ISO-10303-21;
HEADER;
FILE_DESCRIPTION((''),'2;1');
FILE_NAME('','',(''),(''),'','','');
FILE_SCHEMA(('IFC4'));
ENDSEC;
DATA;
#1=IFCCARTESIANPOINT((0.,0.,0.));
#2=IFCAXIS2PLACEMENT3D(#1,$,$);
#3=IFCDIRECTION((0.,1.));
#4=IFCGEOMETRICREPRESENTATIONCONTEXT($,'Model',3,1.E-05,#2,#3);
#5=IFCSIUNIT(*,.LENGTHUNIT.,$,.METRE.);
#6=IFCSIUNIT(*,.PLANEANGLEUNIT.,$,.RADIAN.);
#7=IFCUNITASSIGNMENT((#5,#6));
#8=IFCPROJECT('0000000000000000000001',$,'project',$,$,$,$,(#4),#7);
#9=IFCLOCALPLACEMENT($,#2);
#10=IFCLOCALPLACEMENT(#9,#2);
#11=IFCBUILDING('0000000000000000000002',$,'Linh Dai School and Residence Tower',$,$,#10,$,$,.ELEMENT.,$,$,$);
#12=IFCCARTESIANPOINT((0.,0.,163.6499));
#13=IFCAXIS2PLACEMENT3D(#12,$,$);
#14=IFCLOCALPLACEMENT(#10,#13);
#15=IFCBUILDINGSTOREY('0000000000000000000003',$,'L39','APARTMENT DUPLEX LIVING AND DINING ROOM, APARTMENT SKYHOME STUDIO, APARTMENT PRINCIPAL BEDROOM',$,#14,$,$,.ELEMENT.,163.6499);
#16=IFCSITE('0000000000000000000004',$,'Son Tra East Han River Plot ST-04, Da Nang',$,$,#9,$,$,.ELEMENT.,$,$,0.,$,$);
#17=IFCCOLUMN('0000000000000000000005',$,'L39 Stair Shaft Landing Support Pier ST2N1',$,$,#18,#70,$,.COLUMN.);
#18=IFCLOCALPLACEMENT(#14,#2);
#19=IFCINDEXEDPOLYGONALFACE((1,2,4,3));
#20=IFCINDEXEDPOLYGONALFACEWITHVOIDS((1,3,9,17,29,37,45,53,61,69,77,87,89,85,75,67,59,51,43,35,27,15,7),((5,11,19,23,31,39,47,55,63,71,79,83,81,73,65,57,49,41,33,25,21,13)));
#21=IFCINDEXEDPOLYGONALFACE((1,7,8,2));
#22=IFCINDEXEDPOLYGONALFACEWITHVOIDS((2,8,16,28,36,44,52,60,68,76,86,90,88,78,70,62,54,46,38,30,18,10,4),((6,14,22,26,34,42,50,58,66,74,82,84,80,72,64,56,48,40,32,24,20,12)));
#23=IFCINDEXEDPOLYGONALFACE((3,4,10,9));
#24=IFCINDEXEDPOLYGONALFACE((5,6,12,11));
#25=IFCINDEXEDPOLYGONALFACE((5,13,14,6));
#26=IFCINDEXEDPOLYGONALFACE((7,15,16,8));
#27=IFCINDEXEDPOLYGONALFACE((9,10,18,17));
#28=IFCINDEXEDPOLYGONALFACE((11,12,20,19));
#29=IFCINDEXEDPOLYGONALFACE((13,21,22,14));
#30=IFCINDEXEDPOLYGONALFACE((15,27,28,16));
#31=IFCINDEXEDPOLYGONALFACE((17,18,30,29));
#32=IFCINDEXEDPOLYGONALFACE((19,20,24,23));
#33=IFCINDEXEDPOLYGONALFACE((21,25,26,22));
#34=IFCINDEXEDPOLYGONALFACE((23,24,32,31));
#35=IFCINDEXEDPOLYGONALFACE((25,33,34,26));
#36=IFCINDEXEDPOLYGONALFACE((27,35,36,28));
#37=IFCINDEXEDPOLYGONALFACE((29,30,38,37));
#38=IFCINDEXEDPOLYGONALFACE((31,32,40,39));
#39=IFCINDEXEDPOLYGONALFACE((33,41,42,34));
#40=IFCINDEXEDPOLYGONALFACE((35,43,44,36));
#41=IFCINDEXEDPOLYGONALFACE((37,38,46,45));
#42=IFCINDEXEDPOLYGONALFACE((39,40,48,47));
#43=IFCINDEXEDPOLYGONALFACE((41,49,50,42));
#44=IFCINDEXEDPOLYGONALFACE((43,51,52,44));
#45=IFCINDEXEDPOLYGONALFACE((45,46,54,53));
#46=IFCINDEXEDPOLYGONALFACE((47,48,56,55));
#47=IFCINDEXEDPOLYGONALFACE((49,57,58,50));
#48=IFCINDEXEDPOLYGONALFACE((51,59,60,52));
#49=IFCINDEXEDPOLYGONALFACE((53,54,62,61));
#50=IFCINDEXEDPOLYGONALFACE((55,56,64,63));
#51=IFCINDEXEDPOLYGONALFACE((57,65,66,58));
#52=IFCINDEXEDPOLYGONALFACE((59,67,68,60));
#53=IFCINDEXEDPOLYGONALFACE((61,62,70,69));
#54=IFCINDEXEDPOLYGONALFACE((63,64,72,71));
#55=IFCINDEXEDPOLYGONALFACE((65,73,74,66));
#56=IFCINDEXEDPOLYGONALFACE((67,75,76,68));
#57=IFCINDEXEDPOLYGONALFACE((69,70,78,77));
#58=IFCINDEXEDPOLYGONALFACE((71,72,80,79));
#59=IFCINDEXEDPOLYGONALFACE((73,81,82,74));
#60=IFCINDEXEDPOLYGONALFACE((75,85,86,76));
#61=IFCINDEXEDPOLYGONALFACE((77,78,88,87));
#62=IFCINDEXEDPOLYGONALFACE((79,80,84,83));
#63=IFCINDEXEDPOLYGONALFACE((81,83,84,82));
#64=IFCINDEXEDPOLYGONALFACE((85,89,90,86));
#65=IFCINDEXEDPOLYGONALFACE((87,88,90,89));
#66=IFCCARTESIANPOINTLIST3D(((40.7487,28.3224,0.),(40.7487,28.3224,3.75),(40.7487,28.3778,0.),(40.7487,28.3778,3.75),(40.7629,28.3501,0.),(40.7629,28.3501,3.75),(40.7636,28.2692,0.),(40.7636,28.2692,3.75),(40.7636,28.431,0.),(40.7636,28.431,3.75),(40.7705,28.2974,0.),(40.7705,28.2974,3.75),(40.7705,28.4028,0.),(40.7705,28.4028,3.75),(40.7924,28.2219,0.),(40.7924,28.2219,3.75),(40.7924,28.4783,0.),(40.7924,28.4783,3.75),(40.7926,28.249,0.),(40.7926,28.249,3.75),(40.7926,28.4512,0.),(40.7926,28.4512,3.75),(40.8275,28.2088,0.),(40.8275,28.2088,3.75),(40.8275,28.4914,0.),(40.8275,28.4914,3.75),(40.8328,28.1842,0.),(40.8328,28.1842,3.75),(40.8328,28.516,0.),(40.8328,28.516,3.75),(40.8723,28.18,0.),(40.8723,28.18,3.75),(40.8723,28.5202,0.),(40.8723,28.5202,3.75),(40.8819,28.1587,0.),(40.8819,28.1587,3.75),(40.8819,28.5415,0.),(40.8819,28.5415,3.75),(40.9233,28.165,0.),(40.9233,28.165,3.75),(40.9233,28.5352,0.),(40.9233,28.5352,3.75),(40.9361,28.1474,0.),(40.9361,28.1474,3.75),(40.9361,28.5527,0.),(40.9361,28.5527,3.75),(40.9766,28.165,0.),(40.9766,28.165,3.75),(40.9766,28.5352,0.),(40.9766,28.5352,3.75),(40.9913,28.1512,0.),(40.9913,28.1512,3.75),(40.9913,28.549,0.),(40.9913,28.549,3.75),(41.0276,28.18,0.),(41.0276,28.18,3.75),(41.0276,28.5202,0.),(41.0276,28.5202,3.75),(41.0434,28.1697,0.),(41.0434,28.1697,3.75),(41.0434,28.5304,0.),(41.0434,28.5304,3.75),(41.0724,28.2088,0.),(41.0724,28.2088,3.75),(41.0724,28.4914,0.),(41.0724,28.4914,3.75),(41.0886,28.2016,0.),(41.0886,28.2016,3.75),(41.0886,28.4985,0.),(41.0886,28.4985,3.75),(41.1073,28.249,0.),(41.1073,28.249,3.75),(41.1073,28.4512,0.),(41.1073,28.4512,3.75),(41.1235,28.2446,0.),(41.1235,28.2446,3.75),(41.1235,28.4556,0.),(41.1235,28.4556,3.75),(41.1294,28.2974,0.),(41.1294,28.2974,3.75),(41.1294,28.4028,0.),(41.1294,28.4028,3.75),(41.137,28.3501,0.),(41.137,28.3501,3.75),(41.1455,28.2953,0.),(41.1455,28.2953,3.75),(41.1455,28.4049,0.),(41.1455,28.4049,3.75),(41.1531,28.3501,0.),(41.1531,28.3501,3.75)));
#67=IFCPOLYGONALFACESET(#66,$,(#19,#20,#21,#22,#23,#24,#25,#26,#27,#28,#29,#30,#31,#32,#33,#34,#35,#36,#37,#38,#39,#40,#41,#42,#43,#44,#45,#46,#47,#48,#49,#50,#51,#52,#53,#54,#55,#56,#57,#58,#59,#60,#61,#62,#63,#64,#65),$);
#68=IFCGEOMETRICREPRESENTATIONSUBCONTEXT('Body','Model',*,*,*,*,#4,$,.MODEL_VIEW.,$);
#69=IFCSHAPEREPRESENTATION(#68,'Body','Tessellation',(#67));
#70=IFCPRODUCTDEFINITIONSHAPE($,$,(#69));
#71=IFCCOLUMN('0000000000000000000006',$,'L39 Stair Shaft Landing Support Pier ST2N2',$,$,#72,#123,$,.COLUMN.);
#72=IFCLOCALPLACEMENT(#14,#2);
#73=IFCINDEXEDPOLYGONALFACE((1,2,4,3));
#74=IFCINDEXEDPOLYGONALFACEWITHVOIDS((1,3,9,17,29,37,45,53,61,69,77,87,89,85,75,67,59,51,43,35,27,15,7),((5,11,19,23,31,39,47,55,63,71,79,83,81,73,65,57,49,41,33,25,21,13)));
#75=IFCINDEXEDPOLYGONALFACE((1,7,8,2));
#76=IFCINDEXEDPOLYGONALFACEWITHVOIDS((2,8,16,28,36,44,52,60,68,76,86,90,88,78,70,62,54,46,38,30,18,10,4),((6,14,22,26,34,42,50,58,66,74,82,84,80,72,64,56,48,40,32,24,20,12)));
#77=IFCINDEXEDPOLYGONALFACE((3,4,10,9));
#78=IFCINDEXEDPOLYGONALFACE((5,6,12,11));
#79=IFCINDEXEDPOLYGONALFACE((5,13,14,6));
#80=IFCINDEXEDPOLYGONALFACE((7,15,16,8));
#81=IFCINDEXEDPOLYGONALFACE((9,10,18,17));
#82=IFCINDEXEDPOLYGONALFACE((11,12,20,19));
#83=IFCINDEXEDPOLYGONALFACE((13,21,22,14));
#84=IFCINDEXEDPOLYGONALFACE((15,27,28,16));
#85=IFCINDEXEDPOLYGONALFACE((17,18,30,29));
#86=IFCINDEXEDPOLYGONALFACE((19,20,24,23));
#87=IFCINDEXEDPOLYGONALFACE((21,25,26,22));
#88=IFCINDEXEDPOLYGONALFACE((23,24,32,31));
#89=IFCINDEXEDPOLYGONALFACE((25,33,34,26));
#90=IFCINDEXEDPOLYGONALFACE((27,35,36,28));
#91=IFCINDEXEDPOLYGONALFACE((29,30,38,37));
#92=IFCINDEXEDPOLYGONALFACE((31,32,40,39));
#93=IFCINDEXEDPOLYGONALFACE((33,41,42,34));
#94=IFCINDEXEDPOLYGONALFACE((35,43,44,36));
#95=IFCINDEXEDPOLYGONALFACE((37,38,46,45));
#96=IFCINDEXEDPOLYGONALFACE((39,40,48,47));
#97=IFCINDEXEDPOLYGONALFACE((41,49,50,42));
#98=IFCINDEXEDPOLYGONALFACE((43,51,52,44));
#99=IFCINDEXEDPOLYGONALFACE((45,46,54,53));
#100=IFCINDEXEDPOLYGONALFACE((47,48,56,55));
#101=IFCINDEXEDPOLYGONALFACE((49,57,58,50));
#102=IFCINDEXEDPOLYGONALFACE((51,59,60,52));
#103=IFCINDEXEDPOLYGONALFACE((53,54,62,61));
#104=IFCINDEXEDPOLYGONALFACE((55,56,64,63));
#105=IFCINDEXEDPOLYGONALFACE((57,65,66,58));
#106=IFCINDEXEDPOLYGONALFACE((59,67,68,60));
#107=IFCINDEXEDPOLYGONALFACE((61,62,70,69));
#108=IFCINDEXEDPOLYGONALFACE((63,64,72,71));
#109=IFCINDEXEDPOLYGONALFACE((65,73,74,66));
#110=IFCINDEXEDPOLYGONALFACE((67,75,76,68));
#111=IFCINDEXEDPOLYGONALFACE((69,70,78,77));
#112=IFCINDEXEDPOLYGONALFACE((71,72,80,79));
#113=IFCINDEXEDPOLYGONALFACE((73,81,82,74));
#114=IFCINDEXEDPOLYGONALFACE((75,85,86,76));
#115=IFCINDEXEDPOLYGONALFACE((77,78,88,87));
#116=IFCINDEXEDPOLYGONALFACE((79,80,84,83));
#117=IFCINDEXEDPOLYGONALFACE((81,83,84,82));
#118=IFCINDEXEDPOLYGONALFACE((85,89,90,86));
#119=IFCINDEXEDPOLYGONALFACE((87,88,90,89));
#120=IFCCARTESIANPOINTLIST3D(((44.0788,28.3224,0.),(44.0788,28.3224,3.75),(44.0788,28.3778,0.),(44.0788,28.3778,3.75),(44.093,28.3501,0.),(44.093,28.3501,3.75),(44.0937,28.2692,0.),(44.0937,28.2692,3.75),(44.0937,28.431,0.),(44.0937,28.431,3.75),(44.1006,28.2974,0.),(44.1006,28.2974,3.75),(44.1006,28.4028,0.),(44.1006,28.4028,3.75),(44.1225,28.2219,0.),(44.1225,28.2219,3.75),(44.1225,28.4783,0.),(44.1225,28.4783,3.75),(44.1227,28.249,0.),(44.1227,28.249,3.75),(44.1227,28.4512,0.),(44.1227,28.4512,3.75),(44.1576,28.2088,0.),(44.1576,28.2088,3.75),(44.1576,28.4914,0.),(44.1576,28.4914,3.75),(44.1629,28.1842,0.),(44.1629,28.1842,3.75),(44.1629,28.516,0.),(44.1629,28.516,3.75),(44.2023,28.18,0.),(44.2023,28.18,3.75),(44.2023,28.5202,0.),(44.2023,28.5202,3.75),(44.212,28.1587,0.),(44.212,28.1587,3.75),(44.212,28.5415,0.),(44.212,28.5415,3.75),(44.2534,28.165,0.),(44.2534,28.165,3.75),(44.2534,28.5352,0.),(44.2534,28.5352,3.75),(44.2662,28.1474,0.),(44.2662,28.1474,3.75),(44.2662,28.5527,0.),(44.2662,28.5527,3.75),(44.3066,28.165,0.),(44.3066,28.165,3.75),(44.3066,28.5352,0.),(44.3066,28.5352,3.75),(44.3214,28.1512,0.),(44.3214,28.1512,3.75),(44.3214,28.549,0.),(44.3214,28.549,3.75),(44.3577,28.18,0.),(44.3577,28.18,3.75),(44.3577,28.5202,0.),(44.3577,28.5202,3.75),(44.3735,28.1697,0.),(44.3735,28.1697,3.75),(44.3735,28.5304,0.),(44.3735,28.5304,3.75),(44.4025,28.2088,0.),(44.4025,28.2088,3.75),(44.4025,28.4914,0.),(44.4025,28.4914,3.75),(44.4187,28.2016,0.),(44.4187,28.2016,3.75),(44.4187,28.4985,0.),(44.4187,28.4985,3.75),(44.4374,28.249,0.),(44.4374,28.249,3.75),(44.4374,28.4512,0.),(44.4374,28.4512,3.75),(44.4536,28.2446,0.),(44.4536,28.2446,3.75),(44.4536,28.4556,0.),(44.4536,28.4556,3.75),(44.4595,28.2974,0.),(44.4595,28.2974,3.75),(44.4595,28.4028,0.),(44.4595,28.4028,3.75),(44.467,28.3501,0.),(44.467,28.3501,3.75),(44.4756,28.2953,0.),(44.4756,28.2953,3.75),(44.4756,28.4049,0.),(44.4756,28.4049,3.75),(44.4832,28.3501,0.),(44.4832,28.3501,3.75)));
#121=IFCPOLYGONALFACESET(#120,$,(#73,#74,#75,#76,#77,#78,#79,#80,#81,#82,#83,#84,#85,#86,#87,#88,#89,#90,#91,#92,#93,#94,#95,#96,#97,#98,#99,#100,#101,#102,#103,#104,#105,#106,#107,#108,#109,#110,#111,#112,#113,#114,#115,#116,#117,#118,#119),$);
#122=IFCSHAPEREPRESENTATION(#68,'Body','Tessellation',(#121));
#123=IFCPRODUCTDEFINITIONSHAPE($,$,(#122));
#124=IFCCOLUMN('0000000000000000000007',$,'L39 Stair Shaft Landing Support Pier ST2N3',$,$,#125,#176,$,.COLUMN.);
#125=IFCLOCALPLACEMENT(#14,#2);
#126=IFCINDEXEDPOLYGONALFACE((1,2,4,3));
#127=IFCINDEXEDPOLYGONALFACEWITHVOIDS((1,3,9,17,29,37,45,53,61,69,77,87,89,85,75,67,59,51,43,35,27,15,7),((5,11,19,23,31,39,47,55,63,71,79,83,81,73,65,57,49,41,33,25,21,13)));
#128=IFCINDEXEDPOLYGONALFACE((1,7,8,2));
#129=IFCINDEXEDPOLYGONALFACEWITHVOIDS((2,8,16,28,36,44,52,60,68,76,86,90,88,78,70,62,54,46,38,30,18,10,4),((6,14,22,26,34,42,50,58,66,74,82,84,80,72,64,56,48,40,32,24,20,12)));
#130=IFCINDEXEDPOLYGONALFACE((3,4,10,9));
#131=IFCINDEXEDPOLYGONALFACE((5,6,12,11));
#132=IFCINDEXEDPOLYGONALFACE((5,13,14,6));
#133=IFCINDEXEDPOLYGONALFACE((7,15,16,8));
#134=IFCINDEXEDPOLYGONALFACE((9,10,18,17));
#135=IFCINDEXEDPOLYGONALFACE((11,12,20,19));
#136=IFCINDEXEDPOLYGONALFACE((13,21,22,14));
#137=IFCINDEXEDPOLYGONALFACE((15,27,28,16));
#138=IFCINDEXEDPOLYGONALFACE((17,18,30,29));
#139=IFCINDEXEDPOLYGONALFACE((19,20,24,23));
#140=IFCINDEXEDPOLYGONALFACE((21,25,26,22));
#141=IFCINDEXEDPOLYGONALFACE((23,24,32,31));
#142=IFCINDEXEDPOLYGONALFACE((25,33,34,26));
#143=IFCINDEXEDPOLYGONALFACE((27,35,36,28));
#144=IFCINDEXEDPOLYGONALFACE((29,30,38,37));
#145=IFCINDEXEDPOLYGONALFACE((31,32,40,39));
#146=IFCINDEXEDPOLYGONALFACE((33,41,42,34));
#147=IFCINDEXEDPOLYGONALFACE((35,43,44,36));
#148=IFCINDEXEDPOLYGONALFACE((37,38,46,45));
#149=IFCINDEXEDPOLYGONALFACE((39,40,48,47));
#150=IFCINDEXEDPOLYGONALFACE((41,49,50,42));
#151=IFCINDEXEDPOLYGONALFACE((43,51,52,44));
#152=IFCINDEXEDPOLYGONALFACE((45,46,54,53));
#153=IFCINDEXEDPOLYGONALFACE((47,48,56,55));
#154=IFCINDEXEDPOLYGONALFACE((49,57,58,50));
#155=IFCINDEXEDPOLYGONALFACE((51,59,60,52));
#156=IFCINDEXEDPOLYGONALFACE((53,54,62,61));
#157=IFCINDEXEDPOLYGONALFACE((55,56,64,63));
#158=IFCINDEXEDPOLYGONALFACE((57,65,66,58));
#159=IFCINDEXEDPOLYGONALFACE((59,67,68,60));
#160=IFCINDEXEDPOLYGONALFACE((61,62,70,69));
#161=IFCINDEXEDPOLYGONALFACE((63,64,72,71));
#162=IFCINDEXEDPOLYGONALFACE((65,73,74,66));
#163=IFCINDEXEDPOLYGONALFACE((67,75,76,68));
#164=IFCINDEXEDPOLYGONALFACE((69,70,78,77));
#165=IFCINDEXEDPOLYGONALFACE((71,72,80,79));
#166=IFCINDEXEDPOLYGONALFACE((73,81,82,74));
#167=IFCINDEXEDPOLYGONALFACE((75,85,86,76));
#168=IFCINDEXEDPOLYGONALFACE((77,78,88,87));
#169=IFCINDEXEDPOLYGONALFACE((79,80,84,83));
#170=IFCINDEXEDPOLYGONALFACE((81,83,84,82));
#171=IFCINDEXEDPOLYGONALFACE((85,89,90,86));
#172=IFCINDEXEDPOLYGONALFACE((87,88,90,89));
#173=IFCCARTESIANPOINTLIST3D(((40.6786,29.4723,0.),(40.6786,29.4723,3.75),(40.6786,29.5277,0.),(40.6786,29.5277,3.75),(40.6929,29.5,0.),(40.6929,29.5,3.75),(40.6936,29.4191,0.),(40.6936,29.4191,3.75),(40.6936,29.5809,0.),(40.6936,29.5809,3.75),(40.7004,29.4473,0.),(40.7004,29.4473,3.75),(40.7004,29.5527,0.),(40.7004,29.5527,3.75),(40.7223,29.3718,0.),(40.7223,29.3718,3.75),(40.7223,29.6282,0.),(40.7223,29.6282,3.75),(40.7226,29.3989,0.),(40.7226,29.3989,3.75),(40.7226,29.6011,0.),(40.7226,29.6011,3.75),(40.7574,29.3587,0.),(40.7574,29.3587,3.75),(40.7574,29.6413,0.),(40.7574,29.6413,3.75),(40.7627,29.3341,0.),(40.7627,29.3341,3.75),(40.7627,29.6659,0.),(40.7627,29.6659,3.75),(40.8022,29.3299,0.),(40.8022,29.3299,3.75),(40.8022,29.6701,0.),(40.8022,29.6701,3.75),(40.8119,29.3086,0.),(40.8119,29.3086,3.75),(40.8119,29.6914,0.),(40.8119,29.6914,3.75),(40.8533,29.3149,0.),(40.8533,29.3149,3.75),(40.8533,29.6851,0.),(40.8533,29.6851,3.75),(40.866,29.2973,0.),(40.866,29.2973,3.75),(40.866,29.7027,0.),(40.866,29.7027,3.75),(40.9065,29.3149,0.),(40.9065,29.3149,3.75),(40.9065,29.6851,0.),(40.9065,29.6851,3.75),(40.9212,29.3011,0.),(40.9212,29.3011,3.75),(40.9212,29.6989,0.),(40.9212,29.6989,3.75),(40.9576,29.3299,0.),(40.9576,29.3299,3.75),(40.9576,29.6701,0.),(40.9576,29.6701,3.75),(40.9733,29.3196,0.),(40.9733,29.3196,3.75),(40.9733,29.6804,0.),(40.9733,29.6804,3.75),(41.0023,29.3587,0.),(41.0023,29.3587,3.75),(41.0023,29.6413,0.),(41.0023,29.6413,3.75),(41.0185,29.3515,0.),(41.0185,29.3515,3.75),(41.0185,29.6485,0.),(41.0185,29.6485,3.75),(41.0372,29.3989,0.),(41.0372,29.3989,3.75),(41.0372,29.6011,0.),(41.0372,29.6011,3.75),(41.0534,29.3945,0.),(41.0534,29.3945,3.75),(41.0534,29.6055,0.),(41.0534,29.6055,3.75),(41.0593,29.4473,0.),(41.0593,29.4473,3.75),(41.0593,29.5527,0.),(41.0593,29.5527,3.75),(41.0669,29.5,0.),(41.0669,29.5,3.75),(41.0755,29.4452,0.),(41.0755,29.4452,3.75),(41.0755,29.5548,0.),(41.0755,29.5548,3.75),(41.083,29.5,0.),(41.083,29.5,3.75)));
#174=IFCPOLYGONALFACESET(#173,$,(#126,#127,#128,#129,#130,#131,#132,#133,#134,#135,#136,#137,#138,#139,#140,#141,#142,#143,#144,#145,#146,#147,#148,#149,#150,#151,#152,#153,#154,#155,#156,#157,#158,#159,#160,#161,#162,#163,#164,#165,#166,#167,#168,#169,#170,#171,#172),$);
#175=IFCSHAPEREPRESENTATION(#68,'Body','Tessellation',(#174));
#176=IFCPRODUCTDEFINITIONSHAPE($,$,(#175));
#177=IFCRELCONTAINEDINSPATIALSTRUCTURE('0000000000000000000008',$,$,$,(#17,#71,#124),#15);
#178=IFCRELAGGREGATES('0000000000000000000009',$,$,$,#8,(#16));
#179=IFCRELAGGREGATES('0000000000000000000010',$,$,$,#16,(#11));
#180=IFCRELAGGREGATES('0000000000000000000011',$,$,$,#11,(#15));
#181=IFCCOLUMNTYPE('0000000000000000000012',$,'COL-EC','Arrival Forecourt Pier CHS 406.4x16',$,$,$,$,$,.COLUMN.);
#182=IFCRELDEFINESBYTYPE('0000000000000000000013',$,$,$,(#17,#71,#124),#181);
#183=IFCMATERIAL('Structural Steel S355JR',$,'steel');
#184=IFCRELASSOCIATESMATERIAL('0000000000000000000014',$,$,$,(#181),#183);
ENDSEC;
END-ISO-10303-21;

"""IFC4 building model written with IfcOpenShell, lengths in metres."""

from ifc_helpers import new_model, si_unit, direction, frame, origin, origin_2d, place, context, subcontext, project, spatial, hollow_circle, extrude, material, material_profile, profile_set, type_object, element, save


model = new_model("IFC4")

# Units and contexts
model_context = context("Model", 3, precision=1e-05, world=origin(), true_north=direction((0.0, 1.0)))
body_context = subcontext(model_context, "Body", "Model", "MODEL_VIEW")
ifc_project = project(units=[si_unit("LENGTHUNIT", "METRE"), si_unit("PLANEANGLEUNIT", "RADIAN")], contexts=[model_context])

# Site, building, storey
site_placement = place(None, origin())
site = spatial("IfcSite", under=ifc_project, at=site_placement, Name="Son Tra East Han River Plot ST-04, Da Nang", CompositionType="ELEMENT", RefElevation=0.0)
building_placement = place(site_placement, origin())
building = spatial("IfcBuilding", under=site, at=building_placement, Name="Linh Dai School and Residence Tower", CompositionType="ELEMENT")
storey_placement = place(building_placement, frame((0.0, 0.0, 163.6499)))
storey = spatial("IfcBuildingStorey", under=building, at=storey_placement, Name="L39", Description="APARTMENT DUPLEX LIVING AND DINING ROOM, APARTMENT SKYHOME STUDIO, APARTMENT PRINCIPAL BEDROOM", CompositionType="ELEMENT", Elevation=163.6499)

# Columns
ifc_material_1 = material(Name="Structural Steel S355JR", Category="steel")
ifc_material_profile_1 = material_profile(ifc_material_1, hollow_circle(Radius=0.2031, WallThickness=0.0161, at=origin_2d()), Name="CHS 406.4x16")
ifc_profile_set_1 = profile_set([ifc_material_profile_1], Name="Structural Steel S355JR")
column_type_1 = type_object("IfcColumnType", Name="COL-EC", Description="Arrival Forecourt Pier CHS 406.4x16", PredefinedType="COLUMN", material=ifc_profile_set_1)
for number, where, z_axis, x_axis, name in (
    (1, (40.95, 28.3501, 0.0), (0.0, 0.0, 1.0), (1.0, 0.0, 0.0), "L39 Stair Shaft Landing Support Pier ST2N1"),
    (2, (44.28, 28.3501, 0.0), (0.0, 0.0, 1.0), (1.0, 0.0, 0.0), "L39 Stair Shaft Landing Support Pier ST2N2"),
    (3, (40.8799, 29.5, 0.0), (0.0, 0.0, 1.0), (1.0, 0.0, 0.0), "L39 Stair Shaft Landing Support Pier ST2N3"),
):
    element("IfcColumn", number, at=place(storey_placement, frame(where, z_axis=z_axis, x_axis=x_axis)), inside=storey, type_object=column_type_1, Name=name, PredefinedType="COLUMN", context=body_context, shape_type="SweptSolid", body=[
        extrude(hollow_circle(Radius=0.2031, WallThickness=0.0161, at=origin_2d()), origin(), (0.0, 0.0, 1.0), 3.75),
    ])

save(model, "model.ifc")
